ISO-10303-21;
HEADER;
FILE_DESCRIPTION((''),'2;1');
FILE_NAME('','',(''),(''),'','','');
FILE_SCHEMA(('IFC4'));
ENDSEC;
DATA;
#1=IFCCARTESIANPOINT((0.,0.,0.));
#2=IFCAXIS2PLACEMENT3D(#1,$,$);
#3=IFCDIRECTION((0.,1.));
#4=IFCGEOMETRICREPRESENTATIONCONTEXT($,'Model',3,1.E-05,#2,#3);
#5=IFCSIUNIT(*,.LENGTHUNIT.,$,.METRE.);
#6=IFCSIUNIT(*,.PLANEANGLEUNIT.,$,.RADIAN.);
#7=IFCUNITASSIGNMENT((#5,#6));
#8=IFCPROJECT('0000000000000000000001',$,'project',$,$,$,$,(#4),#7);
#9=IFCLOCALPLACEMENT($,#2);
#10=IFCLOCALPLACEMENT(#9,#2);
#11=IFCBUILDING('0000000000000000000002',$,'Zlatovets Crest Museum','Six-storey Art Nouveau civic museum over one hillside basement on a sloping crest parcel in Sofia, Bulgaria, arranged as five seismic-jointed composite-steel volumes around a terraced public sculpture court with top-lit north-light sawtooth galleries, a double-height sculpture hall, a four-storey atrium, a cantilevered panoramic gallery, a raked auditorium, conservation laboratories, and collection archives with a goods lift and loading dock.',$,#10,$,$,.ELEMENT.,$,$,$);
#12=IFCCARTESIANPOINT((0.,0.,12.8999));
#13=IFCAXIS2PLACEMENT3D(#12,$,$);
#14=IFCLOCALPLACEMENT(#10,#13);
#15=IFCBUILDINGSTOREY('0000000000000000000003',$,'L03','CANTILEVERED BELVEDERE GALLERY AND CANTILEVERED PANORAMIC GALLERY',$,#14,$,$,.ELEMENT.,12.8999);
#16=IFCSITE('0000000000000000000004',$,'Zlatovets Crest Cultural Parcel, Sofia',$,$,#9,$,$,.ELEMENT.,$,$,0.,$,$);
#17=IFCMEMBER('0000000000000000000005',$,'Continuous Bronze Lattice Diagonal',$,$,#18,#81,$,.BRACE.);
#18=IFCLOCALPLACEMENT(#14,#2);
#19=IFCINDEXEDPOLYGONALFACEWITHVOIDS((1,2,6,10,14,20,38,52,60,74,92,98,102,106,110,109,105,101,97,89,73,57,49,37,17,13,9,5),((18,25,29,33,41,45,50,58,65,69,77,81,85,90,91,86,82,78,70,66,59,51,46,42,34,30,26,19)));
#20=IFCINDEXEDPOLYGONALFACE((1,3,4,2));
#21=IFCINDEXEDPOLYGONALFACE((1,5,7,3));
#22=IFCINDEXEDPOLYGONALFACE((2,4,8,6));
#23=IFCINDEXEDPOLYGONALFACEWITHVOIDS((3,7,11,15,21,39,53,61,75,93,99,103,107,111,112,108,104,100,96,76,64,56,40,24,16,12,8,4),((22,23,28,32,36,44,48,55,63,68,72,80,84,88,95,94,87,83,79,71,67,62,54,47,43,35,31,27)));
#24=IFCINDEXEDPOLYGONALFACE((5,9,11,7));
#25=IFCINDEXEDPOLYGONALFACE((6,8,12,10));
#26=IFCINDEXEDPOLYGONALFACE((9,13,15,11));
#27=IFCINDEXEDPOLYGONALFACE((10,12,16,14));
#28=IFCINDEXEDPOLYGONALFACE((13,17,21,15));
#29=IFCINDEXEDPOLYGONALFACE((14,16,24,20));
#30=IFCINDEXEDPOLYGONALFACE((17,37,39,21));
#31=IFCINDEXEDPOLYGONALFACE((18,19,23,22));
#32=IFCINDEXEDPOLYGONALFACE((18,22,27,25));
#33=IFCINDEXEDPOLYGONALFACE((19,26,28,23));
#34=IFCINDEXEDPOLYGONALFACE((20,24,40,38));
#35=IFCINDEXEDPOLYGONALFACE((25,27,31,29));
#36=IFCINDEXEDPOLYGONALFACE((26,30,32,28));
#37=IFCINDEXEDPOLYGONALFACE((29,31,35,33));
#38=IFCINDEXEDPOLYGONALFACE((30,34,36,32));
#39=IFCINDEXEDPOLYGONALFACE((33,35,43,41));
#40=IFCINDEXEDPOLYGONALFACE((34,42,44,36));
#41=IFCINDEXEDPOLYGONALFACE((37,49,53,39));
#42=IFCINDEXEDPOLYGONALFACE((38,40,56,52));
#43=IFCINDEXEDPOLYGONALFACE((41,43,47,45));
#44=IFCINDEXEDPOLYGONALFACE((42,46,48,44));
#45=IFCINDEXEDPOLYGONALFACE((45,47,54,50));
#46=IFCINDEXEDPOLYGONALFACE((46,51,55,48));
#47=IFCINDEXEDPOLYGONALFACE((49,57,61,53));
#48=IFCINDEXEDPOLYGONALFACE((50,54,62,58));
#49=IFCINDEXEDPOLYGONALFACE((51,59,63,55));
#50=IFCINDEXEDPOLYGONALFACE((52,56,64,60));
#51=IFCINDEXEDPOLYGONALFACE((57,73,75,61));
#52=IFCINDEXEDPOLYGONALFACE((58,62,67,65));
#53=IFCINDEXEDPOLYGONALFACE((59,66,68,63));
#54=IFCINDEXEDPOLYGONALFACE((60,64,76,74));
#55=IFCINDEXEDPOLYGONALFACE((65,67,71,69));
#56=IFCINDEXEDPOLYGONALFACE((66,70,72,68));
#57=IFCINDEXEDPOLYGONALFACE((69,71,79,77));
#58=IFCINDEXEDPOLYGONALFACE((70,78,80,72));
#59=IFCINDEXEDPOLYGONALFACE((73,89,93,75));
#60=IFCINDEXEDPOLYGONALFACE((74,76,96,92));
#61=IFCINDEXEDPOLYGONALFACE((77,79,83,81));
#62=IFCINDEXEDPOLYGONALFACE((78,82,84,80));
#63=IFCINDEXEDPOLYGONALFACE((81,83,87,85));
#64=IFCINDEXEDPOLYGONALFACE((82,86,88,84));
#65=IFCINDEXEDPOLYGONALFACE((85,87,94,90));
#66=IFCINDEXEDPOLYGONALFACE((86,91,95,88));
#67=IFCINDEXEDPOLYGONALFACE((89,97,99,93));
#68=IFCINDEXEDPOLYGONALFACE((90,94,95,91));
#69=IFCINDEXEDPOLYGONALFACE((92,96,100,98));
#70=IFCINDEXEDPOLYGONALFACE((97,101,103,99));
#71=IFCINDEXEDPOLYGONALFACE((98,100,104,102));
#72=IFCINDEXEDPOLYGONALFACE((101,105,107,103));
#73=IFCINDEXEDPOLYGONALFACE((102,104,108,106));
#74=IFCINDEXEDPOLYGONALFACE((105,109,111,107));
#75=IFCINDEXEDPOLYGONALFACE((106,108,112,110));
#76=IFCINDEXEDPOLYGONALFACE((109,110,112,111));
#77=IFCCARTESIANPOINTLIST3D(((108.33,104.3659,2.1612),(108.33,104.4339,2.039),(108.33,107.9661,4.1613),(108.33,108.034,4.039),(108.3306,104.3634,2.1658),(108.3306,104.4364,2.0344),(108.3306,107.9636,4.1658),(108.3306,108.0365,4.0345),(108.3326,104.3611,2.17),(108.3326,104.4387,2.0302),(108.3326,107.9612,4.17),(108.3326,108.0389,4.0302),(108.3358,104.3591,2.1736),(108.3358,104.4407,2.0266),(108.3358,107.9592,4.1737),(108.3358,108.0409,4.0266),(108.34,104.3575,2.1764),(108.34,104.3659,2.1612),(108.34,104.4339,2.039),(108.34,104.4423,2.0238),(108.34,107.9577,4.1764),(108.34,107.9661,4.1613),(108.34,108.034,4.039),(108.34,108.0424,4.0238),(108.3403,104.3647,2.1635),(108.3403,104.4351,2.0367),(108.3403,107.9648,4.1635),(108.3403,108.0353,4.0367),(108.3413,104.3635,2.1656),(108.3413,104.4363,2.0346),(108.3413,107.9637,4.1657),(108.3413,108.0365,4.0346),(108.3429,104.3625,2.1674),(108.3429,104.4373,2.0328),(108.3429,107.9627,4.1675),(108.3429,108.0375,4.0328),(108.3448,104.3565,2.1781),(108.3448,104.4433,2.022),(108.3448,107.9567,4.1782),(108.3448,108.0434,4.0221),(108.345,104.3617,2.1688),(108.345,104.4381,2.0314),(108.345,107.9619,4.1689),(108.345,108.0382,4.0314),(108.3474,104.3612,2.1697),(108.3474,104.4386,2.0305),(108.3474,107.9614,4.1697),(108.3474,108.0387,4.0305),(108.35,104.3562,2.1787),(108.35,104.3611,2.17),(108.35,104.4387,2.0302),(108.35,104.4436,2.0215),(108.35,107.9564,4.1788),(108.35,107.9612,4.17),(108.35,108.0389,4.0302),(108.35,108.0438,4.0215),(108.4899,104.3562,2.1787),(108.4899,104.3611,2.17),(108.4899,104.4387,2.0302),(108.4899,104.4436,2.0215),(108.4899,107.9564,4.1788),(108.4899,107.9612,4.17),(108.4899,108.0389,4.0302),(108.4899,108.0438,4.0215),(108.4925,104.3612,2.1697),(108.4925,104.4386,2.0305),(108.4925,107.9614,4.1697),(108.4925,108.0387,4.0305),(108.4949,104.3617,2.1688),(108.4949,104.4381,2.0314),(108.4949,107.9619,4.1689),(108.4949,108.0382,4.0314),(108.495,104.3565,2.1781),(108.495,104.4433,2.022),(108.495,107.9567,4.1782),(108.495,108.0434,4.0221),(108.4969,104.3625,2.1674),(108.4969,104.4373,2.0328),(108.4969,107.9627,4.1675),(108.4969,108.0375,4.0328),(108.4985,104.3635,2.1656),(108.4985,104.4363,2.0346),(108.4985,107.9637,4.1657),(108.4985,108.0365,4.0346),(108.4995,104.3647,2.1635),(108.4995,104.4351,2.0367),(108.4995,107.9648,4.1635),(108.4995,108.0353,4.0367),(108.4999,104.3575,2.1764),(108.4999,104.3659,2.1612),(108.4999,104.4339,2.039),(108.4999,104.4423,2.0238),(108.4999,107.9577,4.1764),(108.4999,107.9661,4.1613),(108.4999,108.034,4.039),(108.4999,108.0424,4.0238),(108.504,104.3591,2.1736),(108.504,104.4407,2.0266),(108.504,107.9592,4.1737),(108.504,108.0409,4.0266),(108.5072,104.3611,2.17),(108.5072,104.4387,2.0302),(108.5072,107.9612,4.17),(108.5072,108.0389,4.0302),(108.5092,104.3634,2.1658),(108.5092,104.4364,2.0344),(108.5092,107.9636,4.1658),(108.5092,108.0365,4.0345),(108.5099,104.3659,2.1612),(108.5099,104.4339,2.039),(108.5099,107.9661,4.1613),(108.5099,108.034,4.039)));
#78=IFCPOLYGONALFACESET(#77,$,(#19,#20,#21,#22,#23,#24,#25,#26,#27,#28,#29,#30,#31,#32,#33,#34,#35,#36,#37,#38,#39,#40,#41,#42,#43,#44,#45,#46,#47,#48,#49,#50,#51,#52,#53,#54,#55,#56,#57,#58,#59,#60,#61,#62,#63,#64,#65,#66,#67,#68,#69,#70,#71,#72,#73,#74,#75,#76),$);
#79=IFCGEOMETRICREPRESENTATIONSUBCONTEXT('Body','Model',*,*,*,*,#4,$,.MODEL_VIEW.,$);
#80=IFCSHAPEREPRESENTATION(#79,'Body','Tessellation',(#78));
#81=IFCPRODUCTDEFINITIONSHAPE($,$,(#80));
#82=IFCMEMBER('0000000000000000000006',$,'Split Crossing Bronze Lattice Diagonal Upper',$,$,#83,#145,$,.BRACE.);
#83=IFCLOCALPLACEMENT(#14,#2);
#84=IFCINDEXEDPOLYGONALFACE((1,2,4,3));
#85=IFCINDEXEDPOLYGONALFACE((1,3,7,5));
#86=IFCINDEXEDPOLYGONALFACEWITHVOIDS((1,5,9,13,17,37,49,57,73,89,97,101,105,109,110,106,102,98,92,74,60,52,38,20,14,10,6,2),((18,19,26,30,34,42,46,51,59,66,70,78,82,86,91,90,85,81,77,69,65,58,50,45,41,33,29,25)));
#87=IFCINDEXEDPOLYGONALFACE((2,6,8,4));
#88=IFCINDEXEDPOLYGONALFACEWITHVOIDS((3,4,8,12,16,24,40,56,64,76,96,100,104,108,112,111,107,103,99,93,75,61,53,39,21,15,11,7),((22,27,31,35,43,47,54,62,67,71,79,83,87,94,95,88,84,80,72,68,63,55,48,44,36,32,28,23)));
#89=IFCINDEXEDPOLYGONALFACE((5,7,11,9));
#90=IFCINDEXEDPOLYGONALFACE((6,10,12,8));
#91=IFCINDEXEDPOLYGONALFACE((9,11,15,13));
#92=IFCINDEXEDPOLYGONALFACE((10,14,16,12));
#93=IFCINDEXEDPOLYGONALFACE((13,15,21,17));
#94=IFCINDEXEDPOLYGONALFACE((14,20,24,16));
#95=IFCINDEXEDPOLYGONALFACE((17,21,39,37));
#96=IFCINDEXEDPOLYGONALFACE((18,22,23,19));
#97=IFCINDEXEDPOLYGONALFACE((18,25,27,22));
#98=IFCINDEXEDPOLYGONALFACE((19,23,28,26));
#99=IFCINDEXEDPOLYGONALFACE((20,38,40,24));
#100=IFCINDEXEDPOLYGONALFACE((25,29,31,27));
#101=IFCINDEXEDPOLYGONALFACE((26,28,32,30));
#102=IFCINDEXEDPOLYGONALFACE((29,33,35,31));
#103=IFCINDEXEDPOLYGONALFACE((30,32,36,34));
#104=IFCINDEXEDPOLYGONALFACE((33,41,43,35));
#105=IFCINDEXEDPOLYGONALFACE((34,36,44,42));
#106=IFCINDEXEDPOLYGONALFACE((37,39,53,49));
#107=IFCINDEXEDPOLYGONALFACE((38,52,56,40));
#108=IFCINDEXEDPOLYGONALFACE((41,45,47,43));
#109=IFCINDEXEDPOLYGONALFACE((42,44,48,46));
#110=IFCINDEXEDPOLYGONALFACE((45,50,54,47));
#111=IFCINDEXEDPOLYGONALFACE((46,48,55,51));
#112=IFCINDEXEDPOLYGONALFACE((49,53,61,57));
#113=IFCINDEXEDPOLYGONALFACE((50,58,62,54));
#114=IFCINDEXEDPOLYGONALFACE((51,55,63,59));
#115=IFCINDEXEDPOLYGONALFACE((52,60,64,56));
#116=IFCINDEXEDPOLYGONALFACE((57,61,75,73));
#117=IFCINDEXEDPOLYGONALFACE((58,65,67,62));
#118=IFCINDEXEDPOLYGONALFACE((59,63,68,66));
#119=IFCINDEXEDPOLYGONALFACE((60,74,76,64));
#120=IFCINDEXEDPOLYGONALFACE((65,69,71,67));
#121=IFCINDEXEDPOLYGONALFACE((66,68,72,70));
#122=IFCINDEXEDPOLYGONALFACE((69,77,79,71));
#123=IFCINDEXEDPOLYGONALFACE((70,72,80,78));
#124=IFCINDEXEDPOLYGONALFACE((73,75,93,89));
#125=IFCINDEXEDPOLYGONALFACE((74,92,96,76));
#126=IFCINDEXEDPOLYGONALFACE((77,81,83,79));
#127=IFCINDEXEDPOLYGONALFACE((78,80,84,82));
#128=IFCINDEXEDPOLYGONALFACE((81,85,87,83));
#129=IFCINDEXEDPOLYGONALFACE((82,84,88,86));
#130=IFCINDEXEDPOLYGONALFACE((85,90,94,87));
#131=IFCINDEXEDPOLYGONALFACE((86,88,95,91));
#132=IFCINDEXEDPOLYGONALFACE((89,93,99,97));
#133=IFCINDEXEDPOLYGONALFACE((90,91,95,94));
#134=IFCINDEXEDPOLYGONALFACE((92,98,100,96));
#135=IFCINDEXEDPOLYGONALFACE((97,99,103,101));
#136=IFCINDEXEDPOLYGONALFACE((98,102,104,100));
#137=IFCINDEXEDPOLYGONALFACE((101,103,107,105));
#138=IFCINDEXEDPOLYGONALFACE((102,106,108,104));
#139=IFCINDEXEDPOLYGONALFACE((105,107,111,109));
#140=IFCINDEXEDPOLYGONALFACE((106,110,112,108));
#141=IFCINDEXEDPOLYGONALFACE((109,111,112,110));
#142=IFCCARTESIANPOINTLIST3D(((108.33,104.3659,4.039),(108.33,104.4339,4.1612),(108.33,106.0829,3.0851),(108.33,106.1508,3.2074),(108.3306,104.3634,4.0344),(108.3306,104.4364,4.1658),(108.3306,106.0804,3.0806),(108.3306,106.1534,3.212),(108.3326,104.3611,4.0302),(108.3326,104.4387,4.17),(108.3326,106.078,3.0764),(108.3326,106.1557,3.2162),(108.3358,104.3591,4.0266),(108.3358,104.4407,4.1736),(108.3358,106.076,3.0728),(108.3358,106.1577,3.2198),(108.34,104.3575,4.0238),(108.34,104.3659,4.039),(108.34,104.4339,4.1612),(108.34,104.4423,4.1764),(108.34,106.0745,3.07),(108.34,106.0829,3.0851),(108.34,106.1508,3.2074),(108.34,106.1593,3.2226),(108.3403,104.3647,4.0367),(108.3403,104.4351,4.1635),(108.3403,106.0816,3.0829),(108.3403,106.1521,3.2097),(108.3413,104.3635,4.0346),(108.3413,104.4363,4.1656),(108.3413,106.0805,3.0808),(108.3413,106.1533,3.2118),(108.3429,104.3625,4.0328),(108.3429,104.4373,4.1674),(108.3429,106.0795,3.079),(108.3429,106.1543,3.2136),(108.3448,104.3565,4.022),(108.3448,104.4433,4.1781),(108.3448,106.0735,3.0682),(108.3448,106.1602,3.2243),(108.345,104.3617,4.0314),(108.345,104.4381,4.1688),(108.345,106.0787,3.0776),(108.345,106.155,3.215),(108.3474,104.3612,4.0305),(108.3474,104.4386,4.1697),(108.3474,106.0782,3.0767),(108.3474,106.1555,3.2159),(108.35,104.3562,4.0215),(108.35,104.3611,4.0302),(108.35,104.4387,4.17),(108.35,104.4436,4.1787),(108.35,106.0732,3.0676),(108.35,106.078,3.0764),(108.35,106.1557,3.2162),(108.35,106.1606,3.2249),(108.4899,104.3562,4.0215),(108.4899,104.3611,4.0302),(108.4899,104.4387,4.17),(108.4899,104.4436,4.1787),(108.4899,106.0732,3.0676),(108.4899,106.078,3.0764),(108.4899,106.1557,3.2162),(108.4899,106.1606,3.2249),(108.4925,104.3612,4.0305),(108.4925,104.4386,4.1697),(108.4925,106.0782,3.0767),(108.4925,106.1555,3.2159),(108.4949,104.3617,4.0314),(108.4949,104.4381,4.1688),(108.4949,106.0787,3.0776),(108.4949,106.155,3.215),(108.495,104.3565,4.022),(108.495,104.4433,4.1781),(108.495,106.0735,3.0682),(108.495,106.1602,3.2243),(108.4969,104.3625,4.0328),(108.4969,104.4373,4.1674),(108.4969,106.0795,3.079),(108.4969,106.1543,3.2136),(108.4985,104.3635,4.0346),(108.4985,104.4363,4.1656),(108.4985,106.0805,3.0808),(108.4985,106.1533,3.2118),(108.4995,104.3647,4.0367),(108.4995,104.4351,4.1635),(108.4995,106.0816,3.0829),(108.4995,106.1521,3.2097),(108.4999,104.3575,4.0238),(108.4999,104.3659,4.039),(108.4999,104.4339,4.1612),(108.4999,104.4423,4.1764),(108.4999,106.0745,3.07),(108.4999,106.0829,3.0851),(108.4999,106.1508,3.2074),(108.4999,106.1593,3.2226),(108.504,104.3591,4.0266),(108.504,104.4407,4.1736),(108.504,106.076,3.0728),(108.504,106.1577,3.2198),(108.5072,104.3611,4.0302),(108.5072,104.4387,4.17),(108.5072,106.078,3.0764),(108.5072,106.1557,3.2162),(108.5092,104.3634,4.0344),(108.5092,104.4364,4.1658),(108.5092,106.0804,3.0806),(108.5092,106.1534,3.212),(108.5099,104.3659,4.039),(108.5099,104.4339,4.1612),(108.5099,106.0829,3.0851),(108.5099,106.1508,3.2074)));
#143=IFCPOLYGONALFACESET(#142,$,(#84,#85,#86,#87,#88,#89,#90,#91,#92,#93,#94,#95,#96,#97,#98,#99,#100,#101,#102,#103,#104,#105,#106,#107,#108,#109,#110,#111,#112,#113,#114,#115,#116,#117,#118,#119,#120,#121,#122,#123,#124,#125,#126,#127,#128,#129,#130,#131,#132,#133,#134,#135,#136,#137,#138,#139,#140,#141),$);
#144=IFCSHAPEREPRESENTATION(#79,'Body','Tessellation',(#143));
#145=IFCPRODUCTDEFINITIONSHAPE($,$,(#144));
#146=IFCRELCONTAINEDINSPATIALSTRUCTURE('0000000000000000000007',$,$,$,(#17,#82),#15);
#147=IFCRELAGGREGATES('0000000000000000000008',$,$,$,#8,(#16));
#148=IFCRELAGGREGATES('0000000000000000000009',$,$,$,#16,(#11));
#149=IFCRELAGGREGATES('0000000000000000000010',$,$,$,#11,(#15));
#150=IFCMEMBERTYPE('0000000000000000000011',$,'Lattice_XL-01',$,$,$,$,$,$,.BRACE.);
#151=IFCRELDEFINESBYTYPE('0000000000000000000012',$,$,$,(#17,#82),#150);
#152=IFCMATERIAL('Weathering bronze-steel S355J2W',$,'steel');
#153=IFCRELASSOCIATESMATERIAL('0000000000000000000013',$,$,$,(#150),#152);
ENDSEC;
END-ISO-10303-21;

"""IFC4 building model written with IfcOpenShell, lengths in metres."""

from ifc_helpers import new_model, si_unit, direction, frame, origin, origin_2d, place, context, subcontext, project, spatial, hollow_rectangle, extrude, material, material_profile, profile_set, type_object, element, save


model = new_model("IFC4")

# Units and contexts
model_context = context("Model", 3, precision=1e-05, world=origin(), true_north=direction((0.0, 1.0)))
body_context = subcontext(model_context, "Body", "Model", "MODEL_VIEW")
ifc_project = project(units=[si_unit("LENGTHUNIT", "METRE"), si_unit("PLANEANGLEUNIT", "RADIAN")], contexts=[model_context])

# Site, building, storey
site_placement = place(None, origin())
site = spatial("IfcSite", under=ifc_project, at=site_placement, Name="Zlatovets Crest Cultural Parcel, Sofia", CompositionType="ELEMENT", RefElevation=0.0)
building_placement = place(site_placement, origin())
building = spatial("IfcBuilding", under=site, at=building_placement, Name="Zlatovets Crest Museum", Description="Six-storey Art Nouveau civic museum over one hillside basement on a sloping crest parcel in Sofia, Bulgaria, arranged as five seismic-jointed composite-steel volumes around a terraced public sculpture court with top-lit north-light sawtooth galleries, a double-height sculpture hall, a four-storey atrium, a cantilevered panoramic gallery, a raked auditorium, conservation laboratories, and collection archives with a goods lift and loading dock.", CompositionType="ELEMENT")
storey_placement = place(building_placement, frame((0.0, 0.0, 12.8999)))
storey = spatial("IfcBuildingStorey", under=building, at=storey_placement, Name="L03", Description="CANTILEVERED BELVEDERE GALLERY AND CANTILEVERED PANORAMIC GALLERY", CompositionType="ELEMENT", Elevation=12.8999)

# Members
ifc_material_1 = material(Name="Weathering bronze-steel S355J2W", Category="steel")
ifc_material_profile_1 = material_profile(ifc_material_1, hollow_rectangle(XDim=0.1799, YDim=0.1799, WallThickness=0.01, InnerFilletRadius=0.01, OuterFilletRadius=0.02, at=origin_2d()), Name="SHS 180x180x10.0")
ifc_profile_set_1 = profile_set([ifc_material_profile_1], Name="Weathering bronze-steel S355J2W")
member_type_1 = type_object("IfcMemberType", Name="Lattice_XL-01", PredefinedType="BRACE", material=ifc_profile_set_1)
member_1_placement = place(storey_placement, frame((108.4199, 104.3999, 2.1001), z_axis=(0.0, 0.874163, 0.485633), x_axis=(-1.0, 0.0, 0.0)))
element("IfcMember", 1, at=member_1_placement, inside=storey, type_object=member_type_1, Name="Continuous Bronze Lattice Diagonal", PredefinedType="BRACE", context=body_context, shape_type="SweptSolid", body=[
    extrude(hollow_rectangle(XDim=0.1799, YDim=0.1799, WallThickness=0.01, InnerFilletRadius=0.01, OuterFilletRadius=0.02, at=origin_2d()), origin(), (0.0, 0.0, 1.0), 4.1184),
])
for number, where, z_axis, x_axis, name in (
    (2, (108.4199, 104.3999, 4.1001), (0.0, 0.874169, -0.485622), (-1.0, 0.0, 0.0), "Split Crossing Bronze Lattice Diagonal Upper"),
):
    element("IfcMember", number, at=place(storey_placement, frame(where, z_axis=z_axis, x_axis=x_axis)), inside=storey, type_object=member_type_1, Name=name, PredefinedType="BRACE", context=body_context, shape_type="SweptSolid", body=[
        extrude(hollow_rectangle(XDim=0.1799, YDim=0.1799, WallThickness=0.01, InnerFilletRadius=0.01, OuterFilletRadius=0.02, at=origin_2d()), origin(), (0.0, 0.0, 1.0), 1.9641),
    ])

save(model, "model.ifc")
